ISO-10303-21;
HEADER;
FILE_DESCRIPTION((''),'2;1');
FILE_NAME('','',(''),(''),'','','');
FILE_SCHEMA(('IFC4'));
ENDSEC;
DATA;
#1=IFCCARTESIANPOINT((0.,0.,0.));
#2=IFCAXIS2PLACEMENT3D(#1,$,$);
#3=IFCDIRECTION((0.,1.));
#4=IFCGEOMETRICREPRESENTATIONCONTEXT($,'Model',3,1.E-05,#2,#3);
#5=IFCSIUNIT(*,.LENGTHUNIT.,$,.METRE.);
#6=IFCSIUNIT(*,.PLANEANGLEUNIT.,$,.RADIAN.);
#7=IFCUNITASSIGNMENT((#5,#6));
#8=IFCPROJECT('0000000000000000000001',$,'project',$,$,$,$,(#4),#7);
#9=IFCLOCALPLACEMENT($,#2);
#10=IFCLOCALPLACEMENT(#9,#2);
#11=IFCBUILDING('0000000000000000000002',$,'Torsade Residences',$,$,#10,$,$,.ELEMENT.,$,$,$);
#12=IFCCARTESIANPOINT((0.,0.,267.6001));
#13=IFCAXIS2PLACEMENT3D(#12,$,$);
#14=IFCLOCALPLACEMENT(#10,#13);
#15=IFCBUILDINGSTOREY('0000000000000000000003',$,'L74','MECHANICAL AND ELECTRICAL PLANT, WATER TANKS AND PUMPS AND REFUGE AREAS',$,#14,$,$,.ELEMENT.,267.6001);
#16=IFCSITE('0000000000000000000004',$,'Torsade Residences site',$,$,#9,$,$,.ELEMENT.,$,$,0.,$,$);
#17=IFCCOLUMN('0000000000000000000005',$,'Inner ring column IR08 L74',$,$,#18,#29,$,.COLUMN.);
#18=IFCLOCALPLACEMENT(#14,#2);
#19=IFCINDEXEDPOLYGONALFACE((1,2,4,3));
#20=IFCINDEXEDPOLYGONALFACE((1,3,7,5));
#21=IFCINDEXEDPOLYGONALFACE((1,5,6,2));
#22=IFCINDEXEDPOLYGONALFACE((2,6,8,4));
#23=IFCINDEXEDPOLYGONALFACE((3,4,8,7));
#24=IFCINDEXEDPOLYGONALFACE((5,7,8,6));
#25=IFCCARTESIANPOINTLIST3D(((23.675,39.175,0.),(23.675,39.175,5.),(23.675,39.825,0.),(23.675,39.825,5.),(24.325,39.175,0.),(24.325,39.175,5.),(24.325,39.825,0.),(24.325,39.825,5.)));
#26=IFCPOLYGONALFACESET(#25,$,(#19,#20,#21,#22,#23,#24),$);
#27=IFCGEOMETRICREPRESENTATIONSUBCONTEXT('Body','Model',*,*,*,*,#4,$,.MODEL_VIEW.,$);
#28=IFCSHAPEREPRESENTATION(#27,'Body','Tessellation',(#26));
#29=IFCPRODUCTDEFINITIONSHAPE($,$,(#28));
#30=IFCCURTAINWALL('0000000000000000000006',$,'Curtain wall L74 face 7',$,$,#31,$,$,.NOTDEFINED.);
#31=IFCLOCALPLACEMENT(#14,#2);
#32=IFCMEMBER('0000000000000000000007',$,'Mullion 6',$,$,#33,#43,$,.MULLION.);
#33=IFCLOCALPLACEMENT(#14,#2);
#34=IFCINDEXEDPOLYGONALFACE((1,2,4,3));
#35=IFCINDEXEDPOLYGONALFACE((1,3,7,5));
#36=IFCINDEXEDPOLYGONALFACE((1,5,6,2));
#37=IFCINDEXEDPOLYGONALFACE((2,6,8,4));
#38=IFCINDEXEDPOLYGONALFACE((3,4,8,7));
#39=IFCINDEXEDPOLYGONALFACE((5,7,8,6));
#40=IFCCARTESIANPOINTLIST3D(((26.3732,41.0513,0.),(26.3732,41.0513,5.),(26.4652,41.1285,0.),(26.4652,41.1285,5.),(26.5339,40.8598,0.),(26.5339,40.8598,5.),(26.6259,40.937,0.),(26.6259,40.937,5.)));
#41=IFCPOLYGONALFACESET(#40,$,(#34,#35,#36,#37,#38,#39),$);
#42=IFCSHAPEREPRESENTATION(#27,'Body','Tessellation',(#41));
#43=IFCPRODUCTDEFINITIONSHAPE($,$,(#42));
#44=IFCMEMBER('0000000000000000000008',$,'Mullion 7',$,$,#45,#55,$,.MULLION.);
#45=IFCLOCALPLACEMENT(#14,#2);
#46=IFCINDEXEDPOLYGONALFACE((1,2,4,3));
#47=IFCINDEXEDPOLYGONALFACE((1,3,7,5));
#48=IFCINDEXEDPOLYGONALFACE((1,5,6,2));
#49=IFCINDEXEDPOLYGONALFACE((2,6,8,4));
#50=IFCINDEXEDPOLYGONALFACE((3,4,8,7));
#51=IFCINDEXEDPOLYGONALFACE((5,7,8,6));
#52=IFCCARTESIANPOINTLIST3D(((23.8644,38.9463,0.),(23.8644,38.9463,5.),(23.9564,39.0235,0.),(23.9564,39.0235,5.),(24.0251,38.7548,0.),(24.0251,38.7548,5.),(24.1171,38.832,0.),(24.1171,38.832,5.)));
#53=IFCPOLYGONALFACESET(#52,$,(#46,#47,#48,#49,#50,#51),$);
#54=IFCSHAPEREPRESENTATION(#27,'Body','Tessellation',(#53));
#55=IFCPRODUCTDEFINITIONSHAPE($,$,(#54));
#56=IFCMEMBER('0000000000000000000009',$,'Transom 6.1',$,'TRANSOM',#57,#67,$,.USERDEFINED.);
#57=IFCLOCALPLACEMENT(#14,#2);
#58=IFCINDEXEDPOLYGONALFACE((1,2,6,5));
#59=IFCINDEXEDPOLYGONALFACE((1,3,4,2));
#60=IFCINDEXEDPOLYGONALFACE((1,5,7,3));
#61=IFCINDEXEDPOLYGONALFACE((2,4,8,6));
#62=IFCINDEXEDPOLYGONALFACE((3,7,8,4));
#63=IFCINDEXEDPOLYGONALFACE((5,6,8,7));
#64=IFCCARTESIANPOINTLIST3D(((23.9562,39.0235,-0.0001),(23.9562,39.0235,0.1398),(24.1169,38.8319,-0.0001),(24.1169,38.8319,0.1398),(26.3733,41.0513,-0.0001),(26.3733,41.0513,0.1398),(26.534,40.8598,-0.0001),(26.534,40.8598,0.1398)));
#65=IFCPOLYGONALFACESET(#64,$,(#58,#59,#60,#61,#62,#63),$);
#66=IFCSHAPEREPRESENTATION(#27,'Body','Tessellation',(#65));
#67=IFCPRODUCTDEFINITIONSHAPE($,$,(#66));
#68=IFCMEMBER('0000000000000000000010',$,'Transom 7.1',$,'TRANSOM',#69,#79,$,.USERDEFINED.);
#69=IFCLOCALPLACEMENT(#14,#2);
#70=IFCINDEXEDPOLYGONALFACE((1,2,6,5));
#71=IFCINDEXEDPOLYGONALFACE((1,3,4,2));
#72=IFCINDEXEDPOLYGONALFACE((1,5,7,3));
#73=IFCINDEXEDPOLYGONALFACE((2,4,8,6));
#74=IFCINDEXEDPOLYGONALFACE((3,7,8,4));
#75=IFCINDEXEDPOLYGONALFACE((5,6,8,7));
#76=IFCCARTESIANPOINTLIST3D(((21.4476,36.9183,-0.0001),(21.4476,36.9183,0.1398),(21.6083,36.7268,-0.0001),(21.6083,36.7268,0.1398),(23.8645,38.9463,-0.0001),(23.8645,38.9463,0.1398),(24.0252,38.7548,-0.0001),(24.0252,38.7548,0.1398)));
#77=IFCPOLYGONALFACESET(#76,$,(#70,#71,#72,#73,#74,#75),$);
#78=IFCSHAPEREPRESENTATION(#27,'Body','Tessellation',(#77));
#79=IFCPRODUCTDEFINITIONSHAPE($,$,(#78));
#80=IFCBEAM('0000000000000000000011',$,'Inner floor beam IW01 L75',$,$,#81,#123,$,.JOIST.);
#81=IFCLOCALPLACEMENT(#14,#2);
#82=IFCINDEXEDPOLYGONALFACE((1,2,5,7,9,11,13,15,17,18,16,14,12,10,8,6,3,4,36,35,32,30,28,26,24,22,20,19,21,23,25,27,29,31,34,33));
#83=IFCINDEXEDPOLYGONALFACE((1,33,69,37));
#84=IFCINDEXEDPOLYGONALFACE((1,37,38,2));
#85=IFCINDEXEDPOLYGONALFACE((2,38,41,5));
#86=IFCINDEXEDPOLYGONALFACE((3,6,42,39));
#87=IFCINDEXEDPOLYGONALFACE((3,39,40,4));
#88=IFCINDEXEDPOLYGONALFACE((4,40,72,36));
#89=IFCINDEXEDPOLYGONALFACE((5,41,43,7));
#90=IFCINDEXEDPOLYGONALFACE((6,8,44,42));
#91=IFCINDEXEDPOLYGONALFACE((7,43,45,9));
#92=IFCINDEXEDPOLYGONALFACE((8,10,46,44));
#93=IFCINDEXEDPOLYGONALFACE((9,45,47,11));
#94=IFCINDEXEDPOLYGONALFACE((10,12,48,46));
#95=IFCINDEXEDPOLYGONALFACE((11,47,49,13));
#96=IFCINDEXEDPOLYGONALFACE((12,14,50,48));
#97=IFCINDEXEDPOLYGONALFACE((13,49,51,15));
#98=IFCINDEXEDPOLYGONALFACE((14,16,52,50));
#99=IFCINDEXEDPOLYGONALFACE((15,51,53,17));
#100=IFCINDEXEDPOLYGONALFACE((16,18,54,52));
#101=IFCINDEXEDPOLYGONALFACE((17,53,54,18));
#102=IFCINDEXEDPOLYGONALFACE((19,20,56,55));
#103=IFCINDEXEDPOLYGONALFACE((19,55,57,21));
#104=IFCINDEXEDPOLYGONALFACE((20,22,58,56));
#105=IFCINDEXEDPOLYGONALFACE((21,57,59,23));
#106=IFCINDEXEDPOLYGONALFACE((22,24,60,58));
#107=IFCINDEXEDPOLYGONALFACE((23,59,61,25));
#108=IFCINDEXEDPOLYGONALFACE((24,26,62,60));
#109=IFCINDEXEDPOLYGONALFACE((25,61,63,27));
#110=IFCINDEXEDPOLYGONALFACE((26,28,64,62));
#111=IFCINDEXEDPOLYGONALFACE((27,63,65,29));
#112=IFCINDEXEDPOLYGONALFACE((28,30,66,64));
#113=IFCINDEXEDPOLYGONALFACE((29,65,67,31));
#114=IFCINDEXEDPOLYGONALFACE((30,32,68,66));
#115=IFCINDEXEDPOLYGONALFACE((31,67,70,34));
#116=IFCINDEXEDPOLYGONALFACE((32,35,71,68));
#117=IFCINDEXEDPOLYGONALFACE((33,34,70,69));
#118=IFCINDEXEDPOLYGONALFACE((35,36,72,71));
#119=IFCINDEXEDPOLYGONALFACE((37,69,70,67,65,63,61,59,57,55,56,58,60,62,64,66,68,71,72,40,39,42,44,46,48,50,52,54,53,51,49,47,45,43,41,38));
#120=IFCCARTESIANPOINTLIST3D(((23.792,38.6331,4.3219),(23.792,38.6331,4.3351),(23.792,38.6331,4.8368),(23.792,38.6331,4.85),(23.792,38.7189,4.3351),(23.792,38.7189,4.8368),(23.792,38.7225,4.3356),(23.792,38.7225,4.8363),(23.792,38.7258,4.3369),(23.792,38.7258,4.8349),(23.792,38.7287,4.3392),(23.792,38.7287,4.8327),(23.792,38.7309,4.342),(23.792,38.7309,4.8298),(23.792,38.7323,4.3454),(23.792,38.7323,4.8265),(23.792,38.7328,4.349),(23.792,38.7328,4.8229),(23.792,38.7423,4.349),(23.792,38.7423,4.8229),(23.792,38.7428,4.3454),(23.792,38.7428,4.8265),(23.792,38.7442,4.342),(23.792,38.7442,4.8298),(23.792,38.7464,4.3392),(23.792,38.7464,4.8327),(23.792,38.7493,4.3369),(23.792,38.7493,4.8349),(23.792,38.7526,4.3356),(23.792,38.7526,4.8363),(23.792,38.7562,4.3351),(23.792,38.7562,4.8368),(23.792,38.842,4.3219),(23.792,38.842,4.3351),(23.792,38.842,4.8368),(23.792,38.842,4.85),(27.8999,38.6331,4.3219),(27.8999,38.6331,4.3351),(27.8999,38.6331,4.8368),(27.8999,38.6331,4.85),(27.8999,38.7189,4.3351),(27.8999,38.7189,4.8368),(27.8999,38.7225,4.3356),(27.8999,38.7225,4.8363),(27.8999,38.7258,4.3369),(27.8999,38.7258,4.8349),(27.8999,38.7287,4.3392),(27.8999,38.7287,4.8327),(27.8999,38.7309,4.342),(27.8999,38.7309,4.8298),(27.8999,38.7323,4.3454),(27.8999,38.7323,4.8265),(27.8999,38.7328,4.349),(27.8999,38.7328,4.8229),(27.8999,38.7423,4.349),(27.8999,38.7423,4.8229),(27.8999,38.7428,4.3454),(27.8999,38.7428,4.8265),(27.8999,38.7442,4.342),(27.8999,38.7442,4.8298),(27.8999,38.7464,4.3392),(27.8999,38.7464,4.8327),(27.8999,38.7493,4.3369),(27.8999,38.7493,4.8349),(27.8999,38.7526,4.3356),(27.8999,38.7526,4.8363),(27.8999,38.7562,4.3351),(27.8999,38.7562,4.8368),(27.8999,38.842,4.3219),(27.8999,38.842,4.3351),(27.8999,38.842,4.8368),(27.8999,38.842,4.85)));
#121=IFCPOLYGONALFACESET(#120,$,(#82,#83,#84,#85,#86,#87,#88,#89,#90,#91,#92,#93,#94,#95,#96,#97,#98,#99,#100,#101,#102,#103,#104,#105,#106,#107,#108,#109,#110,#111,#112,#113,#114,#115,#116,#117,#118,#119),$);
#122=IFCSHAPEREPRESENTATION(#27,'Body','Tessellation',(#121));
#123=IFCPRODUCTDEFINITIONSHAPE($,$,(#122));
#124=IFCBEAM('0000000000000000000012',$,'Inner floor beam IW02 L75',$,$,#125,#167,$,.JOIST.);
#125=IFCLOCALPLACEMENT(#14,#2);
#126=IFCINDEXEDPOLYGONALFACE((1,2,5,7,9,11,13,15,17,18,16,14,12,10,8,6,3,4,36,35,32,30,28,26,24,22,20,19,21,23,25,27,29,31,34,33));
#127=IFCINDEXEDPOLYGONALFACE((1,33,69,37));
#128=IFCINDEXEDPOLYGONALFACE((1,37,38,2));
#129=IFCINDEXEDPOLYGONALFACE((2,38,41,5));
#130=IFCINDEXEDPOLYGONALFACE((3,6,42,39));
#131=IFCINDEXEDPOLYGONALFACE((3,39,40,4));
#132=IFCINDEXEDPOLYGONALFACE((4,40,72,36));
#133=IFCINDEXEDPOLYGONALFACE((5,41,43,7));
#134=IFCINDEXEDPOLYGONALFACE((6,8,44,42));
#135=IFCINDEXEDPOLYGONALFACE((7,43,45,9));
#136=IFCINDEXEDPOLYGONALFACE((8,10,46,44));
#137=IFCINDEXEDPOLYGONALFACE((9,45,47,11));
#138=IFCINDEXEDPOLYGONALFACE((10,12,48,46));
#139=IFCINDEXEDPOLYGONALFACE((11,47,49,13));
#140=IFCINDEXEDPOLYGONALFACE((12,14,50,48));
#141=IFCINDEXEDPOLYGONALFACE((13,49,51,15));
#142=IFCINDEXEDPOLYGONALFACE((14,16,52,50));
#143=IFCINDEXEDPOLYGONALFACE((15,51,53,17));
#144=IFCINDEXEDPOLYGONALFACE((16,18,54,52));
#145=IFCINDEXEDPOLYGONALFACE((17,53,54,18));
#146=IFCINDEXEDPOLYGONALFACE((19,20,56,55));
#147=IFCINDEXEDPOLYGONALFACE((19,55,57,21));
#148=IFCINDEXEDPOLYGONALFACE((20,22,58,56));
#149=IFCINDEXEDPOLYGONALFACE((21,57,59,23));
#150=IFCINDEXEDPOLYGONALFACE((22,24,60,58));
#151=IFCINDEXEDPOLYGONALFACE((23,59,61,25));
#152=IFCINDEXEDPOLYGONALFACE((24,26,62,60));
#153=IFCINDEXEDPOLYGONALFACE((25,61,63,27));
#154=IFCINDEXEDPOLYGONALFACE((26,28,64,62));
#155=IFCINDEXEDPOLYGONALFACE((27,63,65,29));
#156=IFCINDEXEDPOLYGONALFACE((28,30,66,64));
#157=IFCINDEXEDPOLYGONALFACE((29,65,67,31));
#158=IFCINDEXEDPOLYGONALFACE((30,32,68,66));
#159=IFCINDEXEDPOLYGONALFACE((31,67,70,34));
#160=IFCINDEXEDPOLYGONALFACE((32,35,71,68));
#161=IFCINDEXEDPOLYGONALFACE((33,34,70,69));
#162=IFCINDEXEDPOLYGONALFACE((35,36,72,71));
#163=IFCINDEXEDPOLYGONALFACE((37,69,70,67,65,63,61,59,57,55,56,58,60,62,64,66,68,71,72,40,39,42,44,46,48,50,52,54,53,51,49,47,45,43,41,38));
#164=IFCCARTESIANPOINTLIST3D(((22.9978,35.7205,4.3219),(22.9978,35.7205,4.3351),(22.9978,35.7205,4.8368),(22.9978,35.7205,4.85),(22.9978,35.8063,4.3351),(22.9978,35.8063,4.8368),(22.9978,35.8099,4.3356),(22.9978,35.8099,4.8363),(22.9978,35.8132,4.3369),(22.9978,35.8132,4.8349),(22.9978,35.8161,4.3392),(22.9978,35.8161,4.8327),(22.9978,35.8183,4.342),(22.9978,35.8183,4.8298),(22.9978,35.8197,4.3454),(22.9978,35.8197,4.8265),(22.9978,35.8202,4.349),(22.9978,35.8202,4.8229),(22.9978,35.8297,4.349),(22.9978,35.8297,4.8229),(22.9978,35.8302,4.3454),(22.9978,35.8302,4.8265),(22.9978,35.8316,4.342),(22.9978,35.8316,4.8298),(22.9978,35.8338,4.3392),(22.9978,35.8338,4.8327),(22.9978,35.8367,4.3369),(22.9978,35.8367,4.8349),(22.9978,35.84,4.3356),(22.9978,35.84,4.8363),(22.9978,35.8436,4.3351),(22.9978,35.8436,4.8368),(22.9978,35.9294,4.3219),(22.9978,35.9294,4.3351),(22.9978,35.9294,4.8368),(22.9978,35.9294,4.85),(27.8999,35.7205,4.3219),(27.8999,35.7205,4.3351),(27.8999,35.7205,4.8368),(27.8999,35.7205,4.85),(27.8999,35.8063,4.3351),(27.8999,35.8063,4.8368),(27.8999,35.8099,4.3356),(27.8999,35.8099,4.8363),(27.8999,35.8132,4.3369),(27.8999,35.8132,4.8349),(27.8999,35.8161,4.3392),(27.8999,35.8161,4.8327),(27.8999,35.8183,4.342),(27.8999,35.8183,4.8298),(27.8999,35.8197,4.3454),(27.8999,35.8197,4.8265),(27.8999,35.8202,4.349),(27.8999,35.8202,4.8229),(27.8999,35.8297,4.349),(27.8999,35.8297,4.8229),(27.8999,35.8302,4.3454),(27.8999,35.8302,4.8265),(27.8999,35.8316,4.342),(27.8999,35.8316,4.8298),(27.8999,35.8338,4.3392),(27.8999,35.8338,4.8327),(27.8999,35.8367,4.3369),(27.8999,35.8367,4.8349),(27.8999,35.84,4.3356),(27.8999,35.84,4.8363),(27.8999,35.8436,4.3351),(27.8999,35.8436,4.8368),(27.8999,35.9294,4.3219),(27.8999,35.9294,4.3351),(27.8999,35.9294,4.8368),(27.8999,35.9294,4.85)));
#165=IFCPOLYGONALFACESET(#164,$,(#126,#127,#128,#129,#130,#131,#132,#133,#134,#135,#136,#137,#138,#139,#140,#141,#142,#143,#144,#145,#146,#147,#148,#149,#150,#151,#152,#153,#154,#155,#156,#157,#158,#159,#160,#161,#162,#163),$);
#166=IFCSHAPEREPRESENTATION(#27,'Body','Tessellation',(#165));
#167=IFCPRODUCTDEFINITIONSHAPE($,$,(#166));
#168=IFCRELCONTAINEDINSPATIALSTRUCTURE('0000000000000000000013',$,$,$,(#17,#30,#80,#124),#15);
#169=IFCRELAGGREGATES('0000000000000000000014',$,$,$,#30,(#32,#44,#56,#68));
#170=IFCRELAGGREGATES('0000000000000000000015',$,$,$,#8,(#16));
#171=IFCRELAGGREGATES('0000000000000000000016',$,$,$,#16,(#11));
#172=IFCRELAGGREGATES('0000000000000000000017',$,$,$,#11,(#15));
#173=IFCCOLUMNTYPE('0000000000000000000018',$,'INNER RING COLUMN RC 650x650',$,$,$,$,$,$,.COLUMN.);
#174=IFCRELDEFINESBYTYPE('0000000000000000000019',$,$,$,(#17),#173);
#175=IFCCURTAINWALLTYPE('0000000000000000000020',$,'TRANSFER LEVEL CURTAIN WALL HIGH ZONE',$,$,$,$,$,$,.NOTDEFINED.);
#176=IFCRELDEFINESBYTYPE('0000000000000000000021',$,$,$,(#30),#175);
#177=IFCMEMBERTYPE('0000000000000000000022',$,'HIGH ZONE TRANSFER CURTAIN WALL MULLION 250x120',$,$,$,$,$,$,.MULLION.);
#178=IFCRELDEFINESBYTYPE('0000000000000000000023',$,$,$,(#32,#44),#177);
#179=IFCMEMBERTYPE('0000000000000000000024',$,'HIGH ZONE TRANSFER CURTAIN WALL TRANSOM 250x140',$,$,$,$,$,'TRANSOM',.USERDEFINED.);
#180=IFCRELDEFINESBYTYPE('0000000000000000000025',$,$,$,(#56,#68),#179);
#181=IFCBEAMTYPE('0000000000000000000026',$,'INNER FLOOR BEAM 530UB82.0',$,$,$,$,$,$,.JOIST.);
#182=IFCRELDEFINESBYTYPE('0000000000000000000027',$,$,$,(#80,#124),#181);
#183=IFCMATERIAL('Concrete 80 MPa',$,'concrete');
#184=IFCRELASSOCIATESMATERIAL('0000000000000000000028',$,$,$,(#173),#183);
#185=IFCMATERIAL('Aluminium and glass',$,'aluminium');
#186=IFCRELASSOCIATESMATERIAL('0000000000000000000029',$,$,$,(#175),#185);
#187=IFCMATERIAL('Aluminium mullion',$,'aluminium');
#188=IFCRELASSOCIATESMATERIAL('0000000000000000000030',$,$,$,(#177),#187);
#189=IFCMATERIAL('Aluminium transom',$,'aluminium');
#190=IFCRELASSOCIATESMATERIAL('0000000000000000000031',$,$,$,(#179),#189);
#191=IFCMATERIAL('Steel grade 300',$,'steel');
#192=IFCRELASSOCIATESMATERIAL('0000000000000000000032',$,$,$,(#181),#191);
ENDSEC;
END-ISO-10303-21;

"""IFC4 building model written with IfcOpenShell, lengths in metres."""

from ifc_helpers import new_model, si_unit, direction, frame, origin, origin_2d, place, context, subcontext, project, spatial, rectangle, i_section, extrude, material, material_profile, profile_set, type_object, element, aggregate, save


model = new_model("IFC4")

# Units and contexts
model_context = context("Model", 3, precision=1e-05, world=origin(), true_north=direction((0.0, 1.0)))
body_context = subcontext(model_context, "Body", "Model", "MODEL_VIEW")
ifc_project = project(units=[si_unit("LENGTHUNIT", "METRE"), si_unit("PLANEANGLEUNIT", "RADIAN")], contexts=[model_context])

# Site, building, storey
site_placement = place(None, origin())
site = spatial("IfcSite", under=ifc_project, at=site_placement, Name="Torsade Residences site", CompositionType="ELEMENT", RefElevation=0.0)
building_placement = place(site_placement, origin())
building = spatial("IfcBuilding", under=site, at=building_placement, Name="Torsade Residences", CompositionType="ELEMENT")
storey_placement = place(building_placement, frame((0.0, 0.0, 267.6001)))
storey = spatial("IfcBuildingStorey", under=building, at=storey_placement, Name="L74", Description="MECHANICAL AND ELECTRICAL PLANT, WATER TANKS AND PUMPS AND REFUGE AREAS", CompositionType="ELEMENT", Elevation=267.6001)

# Column
ifc_material_1 = material(Name="Concrete 80 MPa", Category="concrete")
ifc_material_profile_1 = material_profile(ifc_material_1, rectangle(XDim=0.6499, YDim=0.6499, at=origin_2d()), Name="RC 650x650")
ifc_profile_set_1 = profile_set([ifc_material_profile_1], Name="Concrete 80 MPa")
column_type = type_object("IfcColumnType", Name="INNER RING COLUMN RC 650x650", PredefinedType="COLUMN", material=ifc_profile_set_1)
column_placement = place(storey_placement, frame((24.0, 39.5, 0.0), z_axis=(0.0, 0.0, 1.0), x_axis=(1.0, 0.0, 0.0)))
element("IfcColumn", 1, at=column_placement, inside=storey, type_object=column_type, Name="Inner ring column IR08 L74", PredefinedType="COLUMN", context=body_context, shape_type="SweptSolid", body=[
    extrude(rectangle(XDim=0.6499, YDim=0.6499, at=origin_2d()), origin(), (0.0, 0.0, 1.0), 5.0),
])

# Curtain wall, members
ifc_material_2 = material(Name="Aluminium and glass", Category="aluminium")
curtain_wall_type = type_object("IfcCurtainWallType", Name="TRANSFER LEVEL CURTAIN WALL HIGH ZONE", PredefinedType="NOTDEFINED", material=ifc_material_2)
curtain_wall_placement = place(storey_placement, origin())
curtain_wall = element("IfcCurtainWall", 2, at=curtain_wall_placement, inside=storey, type_object=curtain_wall_type, Name="Curtain wall L74 face 7", PredefinedType="NOTDEFINED")
ifc_material_3 = material(Name="Aluminium mullion", Category="aluminium")
ifc_material_profile_2 = material_profile(ifc_material_3, rectangle(XDim=0.25, YDim=0.1201, at=origin_2d()), Name="HIGH ZONE TRANSFER CURTAIN WALL MULLION 250x120")
ifc_profile_set_2 = profile_set([ifc_material_profile_2], Name="Aluminium mullion")
member_type_1 = type_object("IfcMemberType", Name="HIGH ZONE TRANSFER CURTAIN WALL MULLION 250x120", PredefinedType="MULLION", material=ifc_profile_set_2)
member_1_placement = place(storey_placement, frame((26.4995, 40.9941, 0.0), z_axis=(0.0, 0.0, 1.0), x_axis=(0.642788, -0.766044, 0.0)))
member_1 = element("IfcMember", 3, at=member_1_placement, type_object=member_type_1, Name="Mullion 6", PredefinedType="MULLION", context=body_context, shape_type="SweptSolid", body=[
    extrude(rectangle(XDim=0.25, YDim=0.1201, at=origin_2d()), origin(), (0.0, 0.0, 1.0), 5.0),
])
member_2_placement = place(storey_placement, frame((23.9907, 38.8892, 0.0), z_axis=(0.0, 0.0, 1.0), x_axis=(0.642788, -0.766044, 0.0)))
member_2 = element("IfcMember", 4, at=member_2_placement, type_object=member_type_1, Name="Mullion 7", PredefinedType="MULLION", context=body_context, shape_type="SweptSolid", body=[
    extrude(rectangle(XDim=0.25, YDim=0.1201, at=origin_2d()), origin(), (0.0, 0.0, 1.0), 5.0),
])
ifc_material_4 = material(Name="Aluminium transom", Category="aluminium")
ifc_material_profile_3 = material_profile(ifc_material_4, rectangle(XDim=0.25, YDim=0.1399, at=origin_2d()), Name="HIGH ZONE TRANSFER CURTAIN WALL TRANSOM 250x140")
ifc_profile_set_3 = profile_set([ifc_material_profile_3], Name="Aluminium transom")
member_type_2 = type_object("IfcMemberType", Name="HIGH ZONE TRANSFER CURTAIN WALL TRANSOM 250x140", ElementType="TRANSOM", PredefinedType="USERDEFINED", material=ifc_profile_set_3)
member_3_placement = place(storey_placement, frame((26.4536, 40.9556, 0.0698), z_axis=(-0.766086, -0.642738, 0.0), x_axis=(0.642738, -0.766086, 0.0)))
member_3 = element("IfcMember", 5, at=member_3_placement, type_object=member_type_2, Name="Transom 6.1", ObjectType="TRANSOM", PredefinedType="USERDEFINED", context=body_context, shape_type="SweptSolid", body=[
    extrude(rectangle(XDim=0.25, YDim=0.1399, at=origin_2d()), origin(), (0.0, 0.0, 1.0), 3.155),
])
member_4_placement = place(storey_placement, frame((23.9448, 38.8506, 0.0698), z_axis=(-0.766048, -0.642784, 0.0), x_axis=(0.642784, -0.766048, 0.0)))
member_4 = element("IfcMember", 6, at=member_4_placement, type_object=member_type_2, Name="Transom 7.1", ObjectType="TRANSOM", PredefinedType="USERDEFINED", context=body_context, shape_type="SweptSolid", body=[
    extrude(rectangle(XDim=0.25, YDim=0.1399, at=origin_2d()), origin(), (0.0, 0.0, 1.0), 3.155),
])

# Beams
ifc_material_5 = material(Name="Steel grade 300", Category="steel")
ifc_material_profile_4 = material_profile(ifc_material_5, i_section(OverallWidth=0.209, OverallDepth=0.5281, WebThickness=0.0095, FlangeThickness=0.0132, FilletRadius=0.0139, at=origin_2d()), Name="530UB82.0")
ifc_profile_set_4 = profile_set([ifc_material_profile_4], Name="Steel grade 300")
beam_type_1 = type_object("IfcBeamType", Name="INNER FLOOR BEAM 530UB82.0", PredefinedType="JOIST", material=ifc_profile_set_4)
beam_1_placement = place(storey_placement, frame((27.8999, 38.7375, 4.5859), z_axis=(-1.0, 0.0, 0.0), x_axis=(0.0, -1.0, 0.0)))
element("IfcBeam", 7, at=beam_1_placement, inside=storey, type_object=beam_type_1, Name="Inner floor beam IW01 L75", PredefinedType="JOIST", context=body_context, shape_type="SweptSolid", body=[
    extrude(i_section(OverallWidth=0.209, OverallDepth=0.5281, WebThickness=0.0095, FlangeThickness=0.0132, FilletRadius=0.0139, at=origin_2d()), origin(), (0.0, 0.0, 1.0), 4.1079),
])
beam_2_placement = place(storey_placement, frame((27.8999, 35.825, 4.5859), z_axis=(-1.0, 0.0, 0.0), x_axis=(0.0, -1.0, 0.0)))
element("IfcBeam", 8, at=beam_2_placement, inside=storey, type_object=beam_type_1, Name="Inner floor beam IW02 L75", PredefinedType="JOIST", context=body_context, shape_type="SweptSolid", body=[
    extrude(i_section(OverallWidth=0.209, OverallDepth=0.5281, WebThickness=0.0095, FlangeThickness=0.0132, FilletRadius=0.0139, at=origin_2d()), origin(), (0.0, 0.0, 1.0), 4.9021),
])

aggregate(curtain_wall, [member_1, member_2, member_3, member_4])

save(model, "model.ifc")
